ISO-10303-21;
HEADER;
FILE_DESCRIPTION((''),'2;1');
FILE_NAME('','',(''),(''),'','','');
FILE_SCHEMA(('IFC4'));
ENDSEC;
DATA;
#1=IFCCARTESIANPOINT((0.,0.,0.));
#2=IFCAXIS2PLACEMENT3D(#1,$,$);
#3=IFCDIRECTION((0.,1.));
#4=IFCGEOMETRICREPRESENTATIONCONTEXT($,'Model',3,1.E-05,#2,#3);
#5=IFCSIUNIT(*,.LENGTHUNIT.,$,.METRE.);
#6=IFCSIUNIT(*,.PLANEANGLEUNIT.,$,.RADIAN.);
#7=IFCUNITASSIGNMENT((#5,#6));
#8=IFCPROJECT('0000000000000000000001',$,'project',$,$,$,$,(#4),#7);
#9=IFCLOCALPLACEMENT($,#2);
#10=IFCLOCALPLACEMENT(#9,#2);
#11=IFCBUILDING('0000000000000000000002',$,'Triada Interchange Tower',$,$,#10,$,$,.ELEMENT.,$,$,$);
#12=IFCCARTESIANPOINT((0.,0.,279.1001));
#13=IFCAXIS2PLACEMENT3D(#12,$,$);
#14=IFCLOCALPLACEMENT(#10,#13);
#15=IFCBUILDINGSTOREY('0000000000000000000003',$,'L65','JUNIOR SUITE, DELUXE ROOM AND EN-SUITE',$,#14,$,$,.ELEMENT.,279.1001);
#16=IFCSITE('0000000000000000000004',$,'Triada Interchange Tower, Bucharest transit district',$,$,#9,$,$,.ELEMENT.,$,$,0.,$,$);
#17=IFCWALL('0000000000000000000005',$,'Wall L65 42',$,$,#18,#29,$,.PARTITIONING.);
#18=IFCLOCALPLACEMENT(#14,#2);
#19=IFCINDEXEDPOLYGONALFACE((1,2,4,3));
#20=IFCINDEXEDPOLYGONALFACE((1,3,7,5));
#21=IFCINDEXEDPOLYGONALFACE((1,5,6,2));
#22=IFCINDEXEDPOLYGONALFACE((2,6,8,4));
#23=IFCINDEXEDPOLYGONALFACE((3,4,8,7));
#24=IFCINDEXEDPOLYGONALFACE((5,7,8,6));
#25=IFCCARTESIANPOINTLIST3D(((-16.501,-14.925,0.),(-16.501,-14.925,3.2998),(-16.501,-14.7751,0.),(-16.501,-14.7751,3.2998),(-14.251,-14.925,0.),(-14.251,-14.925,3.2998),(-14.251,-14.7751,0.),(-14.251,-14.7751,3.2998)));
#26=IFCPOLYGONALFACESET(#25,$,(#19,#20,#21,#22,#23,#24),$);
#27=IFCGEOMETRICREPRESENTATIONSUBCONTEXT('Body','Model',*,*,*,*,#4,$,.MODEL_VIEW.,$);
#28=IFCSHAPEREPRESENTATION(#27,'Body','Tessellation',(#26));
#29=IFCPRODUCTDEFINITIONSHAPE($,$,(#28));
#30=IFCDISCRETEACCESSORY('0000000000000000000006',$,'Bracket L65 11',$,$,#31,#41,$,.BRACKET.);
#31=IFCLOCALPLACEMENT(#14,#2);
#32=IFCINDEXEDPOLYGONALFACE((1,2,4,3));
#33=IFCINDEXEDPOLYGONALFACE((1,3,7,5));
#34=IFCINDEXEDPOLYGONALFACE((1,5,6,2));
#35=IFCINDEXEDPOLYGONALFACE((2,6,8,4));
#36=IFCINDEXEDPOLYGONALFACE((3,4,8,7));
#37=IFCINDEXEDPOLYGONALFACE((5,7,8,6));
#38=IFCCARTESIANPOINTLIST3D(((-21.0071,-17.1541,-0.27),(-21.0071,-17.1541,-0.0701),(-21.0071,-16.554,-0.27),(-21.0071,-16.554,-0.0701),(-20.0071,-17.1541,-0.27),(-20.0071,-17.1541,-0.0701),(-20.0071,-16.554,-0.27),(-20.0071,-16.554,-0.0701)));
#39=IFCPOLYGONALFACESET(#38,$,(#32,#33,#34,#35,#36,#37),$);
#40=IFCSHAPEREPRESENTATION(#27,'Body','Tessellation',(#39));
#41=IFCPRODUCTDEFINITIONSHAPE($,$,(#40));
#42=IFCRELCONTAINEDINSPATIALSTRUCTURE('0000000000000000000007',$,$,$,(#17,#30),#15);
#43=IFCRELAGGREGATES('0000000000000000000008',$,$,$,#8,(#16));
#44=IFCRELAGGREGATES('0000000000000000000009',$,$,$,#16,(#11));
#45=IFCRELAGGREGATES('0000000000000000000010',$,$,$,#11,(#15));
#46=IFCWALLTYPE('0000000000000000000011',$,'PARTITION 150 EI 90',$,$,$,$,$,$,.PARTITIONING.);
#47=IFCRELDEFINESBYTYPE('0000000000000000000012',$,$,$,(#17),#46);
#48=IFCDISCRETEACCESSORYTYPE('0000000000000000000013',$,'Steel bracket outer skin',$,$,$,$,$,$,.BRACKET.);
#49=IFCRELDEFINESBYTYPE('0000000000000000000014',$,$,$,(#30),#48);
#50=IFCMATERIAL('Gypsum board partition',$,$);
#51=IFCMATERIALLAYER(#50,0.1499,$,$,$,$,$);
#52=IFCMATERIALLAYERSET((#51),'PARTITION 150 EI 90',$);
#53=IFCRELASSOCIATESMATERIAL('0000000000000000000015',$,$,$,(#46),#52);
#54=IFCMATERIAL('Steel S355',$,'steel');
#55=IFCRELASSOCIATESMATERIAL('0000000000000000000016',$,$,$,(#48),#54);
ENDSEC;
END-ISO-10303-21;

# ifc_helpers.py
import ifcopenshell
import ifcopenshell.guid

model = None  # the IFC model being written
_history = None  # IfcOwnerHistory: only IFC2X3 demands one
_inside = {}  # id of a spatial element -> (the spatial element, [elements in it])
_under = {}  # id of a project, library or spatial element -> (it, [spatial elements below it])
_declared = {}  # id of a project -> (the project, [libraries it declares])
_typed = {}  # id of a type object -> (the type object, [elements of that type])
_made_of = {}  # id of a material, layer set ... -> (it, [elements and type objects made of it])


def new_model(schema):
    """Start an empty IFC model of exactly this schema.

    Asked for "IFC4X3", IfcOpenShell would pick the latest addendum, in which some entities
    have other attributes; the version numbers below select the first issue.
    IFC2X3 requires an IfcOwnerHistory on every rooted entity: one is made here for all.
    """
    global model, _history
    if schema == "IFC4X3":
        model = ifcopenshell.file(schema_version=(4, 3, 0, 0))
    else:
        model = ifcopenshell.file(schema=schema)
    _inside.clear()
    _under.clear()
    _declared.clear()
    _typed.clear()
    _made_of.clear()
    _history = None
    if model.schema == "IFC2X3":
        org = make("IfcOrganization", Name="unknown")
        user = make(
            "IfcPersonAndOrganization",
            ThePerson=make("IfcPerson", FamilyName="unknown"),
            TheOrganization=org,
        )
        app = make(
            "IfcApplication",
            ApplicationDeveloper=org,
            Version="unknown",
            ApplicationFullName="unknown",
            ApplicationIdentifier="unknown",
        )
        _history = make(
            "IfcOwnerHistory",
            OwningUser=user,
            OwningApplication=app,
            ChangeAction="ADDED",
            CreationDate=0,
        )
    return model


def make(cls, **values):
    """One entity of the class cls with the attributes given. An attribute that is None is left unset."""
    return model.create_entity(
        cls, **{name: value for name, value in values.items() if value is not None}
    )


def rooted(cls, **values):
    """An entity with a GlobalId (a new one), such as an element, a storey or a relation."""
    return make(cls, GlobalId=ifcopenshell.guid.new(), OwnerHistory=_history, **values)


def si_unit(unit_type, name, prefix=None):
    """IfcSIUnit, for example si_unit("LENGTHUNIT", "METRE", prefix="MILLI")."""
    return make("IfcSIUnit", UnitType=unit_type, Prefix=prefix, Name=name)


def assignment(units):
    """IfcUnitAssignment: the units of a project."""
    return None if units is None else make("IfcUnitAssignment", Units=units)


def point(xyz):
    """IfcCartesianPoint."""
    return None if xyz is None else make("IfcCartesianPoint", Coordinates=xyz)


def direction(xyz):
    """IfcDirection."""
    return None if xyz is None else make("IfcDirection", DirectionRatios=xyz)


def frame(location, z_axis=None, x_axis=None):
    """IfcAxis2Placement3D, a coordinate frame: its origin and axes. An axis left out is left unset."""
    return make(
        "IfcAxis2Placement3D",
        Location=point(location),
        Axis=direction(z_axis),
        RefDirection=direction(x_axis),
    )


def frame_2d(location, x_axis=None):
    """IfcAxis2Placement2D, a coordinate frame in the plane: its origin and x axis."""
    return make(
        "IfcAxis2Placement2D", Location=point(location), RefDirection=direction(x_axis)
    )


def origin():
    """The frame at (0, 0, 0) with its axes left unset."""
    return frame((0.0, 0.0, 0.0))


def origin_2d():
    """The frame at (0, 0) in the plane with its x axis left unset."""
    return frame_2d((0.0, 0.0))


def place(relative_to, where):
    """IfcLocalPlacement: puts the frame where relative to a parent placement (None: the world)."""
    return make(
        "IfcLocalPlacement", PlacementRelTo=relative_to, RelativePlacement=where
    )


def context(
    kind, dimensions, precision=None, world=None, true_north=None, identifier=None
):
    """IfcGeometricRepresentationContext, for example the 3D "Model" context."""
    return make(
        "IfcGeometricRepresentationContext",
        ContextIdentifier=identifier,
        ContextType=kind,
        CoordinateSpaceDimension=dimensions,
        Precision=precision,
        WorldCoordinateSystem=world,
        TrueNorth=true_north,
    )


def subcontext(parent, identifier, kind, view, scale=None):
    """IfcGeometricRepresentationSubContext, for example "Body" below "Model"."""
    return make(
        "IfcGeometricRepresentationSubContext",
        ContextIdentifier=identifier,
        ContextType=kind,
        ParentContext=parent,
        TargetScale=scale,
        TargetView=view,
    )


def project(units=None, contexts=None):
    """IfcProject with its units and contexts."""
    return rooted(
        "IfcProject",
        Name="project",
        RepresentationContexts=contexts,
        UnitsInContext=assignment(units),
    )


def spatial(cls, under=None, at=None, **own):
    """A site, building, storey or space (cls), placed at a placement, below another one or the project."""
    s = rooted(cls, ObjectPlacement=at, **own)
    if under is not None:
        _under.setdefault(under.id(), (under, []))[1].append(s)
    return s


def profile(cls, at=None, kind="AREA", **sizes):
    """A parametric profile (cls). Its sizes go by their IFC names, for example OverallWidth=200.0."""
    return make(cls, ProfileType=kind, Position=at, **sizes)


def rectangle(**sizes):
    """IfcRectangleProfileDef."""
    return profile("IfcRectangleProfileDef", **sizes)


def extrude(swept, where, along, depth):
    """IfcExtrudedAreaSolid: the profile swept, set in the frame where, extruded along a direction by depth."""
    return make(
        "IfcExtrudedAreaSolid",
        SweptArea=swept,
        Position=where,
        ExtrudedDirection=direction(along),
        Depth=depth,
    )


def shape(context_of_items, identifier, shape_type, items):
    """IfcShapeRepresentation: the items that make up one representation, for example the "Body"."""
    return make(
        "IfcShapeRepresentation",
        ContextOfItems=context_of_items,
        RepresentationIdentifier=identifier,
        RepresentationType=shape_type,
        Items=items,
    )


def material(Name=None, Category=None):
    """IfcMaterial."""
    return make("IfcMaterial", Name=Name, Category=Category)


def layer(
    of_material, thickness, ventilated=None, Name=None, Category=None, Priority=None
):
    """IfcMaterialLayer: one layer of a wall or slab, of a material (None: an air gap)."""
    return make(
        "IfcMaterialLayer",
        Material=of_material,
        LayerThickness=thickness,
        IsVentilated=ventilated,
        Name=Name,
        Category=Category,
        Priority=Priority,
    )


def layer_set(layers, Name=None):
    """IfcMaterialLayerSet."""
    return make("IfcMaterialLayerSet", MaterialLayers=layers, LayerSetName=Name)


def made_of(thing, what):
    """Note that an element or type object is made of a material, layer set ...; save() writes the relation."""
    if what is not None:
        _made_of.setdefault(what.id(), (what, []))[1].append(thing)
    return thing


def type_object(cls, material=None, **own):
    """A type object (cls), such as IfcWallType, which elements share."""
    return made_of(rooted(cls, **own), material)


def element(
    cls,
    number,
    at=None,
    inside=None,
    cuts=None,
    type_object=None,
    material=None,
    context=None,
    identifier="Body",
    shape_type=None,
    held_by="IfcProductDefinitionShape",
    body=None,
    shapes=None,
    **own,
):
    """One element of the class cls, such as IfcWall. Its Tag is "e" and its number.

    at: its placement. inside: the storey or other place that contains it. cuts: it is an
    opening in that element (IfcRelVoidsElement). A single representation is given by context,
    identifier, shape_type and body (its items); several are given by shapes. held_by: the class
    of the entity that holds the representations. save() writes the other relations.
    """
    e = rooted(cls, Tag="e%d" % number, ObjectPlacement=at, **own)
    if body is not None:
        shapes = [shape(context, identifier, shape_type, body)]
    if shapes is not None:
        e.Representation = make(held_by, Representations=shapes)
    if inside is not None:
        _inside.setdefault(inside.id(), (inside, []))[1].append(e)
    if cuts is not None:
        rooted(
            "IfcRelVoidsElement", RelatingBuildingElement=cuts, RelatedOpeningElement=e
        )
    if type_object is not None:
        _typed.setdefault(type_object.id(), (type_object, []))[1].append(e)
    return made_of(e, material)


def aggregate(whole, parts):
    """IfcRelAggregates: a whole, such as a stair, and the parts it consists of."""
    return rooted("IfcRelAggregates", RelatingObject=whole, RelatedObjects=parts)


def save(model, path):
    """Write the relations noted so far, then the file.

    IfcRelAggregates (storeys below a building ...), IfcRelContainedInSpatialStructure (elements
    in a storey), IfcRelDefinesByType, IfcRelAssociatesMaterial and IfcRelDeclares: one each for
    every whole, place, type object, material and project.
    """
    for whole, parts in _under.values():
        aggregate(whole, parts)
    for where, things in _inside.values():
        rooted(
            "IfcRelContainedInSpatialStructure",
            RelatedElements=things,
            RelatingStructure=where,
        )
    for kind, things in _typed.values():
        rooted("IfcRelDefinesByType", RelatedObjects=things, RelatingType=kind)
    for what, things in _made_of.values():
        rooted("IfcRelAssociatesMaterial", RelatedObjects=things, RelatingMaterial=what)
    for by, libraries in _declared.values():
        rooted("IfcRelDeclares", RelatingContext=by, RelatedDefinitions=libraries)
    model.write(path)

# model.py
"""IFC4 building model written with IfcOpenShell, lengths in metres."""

from ifc_helpers import new_model, si_unit, direction, frame, frame_2d, origin, origin_2d, place, context, subcontext, project, spatial, rectangle, extrude, material, layer, layer_set, type_object, element, save


model = new_model("IFC4")

# Units and contexts
model_context = context("Model", 3, precision=1e-05, world=origin(), true_north=direction((0.0, 1.0)))
body_context = subcontext(model_context, "Body", "Model", "MODEL_VIEW")
ifc_project = project(units=[si_unit("LENGTHUNIT", "METRE"), si_unit("PLANEANGLEUNIT", "RADIAN")], contexts=[model_context])

# Site, building, storey
site_placement = place(None, origin())
site = spatial("IfcSite", under=ifc_project, at=site_placement, Name="Triada Interchange Tower, Bucharest transit district", CompositionType="ELEMENT", RefElevation=0.0)
building_placement = place(site_placement, origin())
building = spatial("IfcBuilding", under=site, at=building_placement, Name="Triada Interchange Tower", CompositionType="ELEMENT")
storey_placement = place(building_placement, frame((0.0, 0.0, 279.1001)))
storey = spatial("IfcBuildingStorey", under=building, at=storey_placement, Name="L65", Description="JUNIOR SUITE, DELUXE ROOM AND EN-SUITE", CompositionType="ELEMENT", Elevation=279.1001)

# Shared definitions
ifc_material_1 = material(Name="Gypsum board partition")

# Shared definitions
ifc_layer_1 = layer(ifc_material_1, 0.1499)
ifc_layer_set_1 = layer_set([ifc_layer_1], Name="PARTITION 150 EI 90")
wall_type_1 = type_object("IfcWallType", Name="PARTITION 150 EI 90", PredefinedType="PARTITIONING", material=ifc_layer_set_1)

# Wall
wall_1_placement = place(storey_placement, frame((-16.501, -14.8501, 0.0), z_axis=(0.0, 0.0, 1.0), x_axis=(1.0, 0.0, 0.0)))
element("IfcWall", 1, at=wall_1_placement, inside=storey, type_object=wall_type_1, Name="Wall L65 42", PredefinedType="PARTITIONING", context=body_context, shape_type="SweptSolid", body=[
    extrude(rectangle(XDim=2.25, YDim=0.1499, at=frame_2d((1.125, 0.0))), origin(), (0.0, 0.0, 1.0), 3.2998),
])

# Discrete accessory
ifc_material_2 = material(Name="Steel S355", Category="steel")
discrete_accessory_type = type_object("IfcDiscreteAccessoryType", Name="Steel bracket outer skin", PredefinedType="BRACKET", material=ifc_material_2)
discrete_accessory_placement = place(storey_placement, frame((-20.5071, -16.854, -0.27), z_axis=(0.0, 0.0, 1.0), x_axis=(0.0, -1.0, 0.0)))
element("IfcDiscreteAccessory", 2, at=discrete_accessory_placement, inside=storey, type_object=discrete_accessory_type, Name="Bracket L65 11", PredefinedType="BRACKET", context=body_context, shape_type="SweptSolid", body=[
    extrude(rectangle(XDim=0.6001, YDim=1.0, at=origin_2d()), origin(), (0.0, 0.0, 1.0), 0.2),
])

save(model, "model.ifc")
